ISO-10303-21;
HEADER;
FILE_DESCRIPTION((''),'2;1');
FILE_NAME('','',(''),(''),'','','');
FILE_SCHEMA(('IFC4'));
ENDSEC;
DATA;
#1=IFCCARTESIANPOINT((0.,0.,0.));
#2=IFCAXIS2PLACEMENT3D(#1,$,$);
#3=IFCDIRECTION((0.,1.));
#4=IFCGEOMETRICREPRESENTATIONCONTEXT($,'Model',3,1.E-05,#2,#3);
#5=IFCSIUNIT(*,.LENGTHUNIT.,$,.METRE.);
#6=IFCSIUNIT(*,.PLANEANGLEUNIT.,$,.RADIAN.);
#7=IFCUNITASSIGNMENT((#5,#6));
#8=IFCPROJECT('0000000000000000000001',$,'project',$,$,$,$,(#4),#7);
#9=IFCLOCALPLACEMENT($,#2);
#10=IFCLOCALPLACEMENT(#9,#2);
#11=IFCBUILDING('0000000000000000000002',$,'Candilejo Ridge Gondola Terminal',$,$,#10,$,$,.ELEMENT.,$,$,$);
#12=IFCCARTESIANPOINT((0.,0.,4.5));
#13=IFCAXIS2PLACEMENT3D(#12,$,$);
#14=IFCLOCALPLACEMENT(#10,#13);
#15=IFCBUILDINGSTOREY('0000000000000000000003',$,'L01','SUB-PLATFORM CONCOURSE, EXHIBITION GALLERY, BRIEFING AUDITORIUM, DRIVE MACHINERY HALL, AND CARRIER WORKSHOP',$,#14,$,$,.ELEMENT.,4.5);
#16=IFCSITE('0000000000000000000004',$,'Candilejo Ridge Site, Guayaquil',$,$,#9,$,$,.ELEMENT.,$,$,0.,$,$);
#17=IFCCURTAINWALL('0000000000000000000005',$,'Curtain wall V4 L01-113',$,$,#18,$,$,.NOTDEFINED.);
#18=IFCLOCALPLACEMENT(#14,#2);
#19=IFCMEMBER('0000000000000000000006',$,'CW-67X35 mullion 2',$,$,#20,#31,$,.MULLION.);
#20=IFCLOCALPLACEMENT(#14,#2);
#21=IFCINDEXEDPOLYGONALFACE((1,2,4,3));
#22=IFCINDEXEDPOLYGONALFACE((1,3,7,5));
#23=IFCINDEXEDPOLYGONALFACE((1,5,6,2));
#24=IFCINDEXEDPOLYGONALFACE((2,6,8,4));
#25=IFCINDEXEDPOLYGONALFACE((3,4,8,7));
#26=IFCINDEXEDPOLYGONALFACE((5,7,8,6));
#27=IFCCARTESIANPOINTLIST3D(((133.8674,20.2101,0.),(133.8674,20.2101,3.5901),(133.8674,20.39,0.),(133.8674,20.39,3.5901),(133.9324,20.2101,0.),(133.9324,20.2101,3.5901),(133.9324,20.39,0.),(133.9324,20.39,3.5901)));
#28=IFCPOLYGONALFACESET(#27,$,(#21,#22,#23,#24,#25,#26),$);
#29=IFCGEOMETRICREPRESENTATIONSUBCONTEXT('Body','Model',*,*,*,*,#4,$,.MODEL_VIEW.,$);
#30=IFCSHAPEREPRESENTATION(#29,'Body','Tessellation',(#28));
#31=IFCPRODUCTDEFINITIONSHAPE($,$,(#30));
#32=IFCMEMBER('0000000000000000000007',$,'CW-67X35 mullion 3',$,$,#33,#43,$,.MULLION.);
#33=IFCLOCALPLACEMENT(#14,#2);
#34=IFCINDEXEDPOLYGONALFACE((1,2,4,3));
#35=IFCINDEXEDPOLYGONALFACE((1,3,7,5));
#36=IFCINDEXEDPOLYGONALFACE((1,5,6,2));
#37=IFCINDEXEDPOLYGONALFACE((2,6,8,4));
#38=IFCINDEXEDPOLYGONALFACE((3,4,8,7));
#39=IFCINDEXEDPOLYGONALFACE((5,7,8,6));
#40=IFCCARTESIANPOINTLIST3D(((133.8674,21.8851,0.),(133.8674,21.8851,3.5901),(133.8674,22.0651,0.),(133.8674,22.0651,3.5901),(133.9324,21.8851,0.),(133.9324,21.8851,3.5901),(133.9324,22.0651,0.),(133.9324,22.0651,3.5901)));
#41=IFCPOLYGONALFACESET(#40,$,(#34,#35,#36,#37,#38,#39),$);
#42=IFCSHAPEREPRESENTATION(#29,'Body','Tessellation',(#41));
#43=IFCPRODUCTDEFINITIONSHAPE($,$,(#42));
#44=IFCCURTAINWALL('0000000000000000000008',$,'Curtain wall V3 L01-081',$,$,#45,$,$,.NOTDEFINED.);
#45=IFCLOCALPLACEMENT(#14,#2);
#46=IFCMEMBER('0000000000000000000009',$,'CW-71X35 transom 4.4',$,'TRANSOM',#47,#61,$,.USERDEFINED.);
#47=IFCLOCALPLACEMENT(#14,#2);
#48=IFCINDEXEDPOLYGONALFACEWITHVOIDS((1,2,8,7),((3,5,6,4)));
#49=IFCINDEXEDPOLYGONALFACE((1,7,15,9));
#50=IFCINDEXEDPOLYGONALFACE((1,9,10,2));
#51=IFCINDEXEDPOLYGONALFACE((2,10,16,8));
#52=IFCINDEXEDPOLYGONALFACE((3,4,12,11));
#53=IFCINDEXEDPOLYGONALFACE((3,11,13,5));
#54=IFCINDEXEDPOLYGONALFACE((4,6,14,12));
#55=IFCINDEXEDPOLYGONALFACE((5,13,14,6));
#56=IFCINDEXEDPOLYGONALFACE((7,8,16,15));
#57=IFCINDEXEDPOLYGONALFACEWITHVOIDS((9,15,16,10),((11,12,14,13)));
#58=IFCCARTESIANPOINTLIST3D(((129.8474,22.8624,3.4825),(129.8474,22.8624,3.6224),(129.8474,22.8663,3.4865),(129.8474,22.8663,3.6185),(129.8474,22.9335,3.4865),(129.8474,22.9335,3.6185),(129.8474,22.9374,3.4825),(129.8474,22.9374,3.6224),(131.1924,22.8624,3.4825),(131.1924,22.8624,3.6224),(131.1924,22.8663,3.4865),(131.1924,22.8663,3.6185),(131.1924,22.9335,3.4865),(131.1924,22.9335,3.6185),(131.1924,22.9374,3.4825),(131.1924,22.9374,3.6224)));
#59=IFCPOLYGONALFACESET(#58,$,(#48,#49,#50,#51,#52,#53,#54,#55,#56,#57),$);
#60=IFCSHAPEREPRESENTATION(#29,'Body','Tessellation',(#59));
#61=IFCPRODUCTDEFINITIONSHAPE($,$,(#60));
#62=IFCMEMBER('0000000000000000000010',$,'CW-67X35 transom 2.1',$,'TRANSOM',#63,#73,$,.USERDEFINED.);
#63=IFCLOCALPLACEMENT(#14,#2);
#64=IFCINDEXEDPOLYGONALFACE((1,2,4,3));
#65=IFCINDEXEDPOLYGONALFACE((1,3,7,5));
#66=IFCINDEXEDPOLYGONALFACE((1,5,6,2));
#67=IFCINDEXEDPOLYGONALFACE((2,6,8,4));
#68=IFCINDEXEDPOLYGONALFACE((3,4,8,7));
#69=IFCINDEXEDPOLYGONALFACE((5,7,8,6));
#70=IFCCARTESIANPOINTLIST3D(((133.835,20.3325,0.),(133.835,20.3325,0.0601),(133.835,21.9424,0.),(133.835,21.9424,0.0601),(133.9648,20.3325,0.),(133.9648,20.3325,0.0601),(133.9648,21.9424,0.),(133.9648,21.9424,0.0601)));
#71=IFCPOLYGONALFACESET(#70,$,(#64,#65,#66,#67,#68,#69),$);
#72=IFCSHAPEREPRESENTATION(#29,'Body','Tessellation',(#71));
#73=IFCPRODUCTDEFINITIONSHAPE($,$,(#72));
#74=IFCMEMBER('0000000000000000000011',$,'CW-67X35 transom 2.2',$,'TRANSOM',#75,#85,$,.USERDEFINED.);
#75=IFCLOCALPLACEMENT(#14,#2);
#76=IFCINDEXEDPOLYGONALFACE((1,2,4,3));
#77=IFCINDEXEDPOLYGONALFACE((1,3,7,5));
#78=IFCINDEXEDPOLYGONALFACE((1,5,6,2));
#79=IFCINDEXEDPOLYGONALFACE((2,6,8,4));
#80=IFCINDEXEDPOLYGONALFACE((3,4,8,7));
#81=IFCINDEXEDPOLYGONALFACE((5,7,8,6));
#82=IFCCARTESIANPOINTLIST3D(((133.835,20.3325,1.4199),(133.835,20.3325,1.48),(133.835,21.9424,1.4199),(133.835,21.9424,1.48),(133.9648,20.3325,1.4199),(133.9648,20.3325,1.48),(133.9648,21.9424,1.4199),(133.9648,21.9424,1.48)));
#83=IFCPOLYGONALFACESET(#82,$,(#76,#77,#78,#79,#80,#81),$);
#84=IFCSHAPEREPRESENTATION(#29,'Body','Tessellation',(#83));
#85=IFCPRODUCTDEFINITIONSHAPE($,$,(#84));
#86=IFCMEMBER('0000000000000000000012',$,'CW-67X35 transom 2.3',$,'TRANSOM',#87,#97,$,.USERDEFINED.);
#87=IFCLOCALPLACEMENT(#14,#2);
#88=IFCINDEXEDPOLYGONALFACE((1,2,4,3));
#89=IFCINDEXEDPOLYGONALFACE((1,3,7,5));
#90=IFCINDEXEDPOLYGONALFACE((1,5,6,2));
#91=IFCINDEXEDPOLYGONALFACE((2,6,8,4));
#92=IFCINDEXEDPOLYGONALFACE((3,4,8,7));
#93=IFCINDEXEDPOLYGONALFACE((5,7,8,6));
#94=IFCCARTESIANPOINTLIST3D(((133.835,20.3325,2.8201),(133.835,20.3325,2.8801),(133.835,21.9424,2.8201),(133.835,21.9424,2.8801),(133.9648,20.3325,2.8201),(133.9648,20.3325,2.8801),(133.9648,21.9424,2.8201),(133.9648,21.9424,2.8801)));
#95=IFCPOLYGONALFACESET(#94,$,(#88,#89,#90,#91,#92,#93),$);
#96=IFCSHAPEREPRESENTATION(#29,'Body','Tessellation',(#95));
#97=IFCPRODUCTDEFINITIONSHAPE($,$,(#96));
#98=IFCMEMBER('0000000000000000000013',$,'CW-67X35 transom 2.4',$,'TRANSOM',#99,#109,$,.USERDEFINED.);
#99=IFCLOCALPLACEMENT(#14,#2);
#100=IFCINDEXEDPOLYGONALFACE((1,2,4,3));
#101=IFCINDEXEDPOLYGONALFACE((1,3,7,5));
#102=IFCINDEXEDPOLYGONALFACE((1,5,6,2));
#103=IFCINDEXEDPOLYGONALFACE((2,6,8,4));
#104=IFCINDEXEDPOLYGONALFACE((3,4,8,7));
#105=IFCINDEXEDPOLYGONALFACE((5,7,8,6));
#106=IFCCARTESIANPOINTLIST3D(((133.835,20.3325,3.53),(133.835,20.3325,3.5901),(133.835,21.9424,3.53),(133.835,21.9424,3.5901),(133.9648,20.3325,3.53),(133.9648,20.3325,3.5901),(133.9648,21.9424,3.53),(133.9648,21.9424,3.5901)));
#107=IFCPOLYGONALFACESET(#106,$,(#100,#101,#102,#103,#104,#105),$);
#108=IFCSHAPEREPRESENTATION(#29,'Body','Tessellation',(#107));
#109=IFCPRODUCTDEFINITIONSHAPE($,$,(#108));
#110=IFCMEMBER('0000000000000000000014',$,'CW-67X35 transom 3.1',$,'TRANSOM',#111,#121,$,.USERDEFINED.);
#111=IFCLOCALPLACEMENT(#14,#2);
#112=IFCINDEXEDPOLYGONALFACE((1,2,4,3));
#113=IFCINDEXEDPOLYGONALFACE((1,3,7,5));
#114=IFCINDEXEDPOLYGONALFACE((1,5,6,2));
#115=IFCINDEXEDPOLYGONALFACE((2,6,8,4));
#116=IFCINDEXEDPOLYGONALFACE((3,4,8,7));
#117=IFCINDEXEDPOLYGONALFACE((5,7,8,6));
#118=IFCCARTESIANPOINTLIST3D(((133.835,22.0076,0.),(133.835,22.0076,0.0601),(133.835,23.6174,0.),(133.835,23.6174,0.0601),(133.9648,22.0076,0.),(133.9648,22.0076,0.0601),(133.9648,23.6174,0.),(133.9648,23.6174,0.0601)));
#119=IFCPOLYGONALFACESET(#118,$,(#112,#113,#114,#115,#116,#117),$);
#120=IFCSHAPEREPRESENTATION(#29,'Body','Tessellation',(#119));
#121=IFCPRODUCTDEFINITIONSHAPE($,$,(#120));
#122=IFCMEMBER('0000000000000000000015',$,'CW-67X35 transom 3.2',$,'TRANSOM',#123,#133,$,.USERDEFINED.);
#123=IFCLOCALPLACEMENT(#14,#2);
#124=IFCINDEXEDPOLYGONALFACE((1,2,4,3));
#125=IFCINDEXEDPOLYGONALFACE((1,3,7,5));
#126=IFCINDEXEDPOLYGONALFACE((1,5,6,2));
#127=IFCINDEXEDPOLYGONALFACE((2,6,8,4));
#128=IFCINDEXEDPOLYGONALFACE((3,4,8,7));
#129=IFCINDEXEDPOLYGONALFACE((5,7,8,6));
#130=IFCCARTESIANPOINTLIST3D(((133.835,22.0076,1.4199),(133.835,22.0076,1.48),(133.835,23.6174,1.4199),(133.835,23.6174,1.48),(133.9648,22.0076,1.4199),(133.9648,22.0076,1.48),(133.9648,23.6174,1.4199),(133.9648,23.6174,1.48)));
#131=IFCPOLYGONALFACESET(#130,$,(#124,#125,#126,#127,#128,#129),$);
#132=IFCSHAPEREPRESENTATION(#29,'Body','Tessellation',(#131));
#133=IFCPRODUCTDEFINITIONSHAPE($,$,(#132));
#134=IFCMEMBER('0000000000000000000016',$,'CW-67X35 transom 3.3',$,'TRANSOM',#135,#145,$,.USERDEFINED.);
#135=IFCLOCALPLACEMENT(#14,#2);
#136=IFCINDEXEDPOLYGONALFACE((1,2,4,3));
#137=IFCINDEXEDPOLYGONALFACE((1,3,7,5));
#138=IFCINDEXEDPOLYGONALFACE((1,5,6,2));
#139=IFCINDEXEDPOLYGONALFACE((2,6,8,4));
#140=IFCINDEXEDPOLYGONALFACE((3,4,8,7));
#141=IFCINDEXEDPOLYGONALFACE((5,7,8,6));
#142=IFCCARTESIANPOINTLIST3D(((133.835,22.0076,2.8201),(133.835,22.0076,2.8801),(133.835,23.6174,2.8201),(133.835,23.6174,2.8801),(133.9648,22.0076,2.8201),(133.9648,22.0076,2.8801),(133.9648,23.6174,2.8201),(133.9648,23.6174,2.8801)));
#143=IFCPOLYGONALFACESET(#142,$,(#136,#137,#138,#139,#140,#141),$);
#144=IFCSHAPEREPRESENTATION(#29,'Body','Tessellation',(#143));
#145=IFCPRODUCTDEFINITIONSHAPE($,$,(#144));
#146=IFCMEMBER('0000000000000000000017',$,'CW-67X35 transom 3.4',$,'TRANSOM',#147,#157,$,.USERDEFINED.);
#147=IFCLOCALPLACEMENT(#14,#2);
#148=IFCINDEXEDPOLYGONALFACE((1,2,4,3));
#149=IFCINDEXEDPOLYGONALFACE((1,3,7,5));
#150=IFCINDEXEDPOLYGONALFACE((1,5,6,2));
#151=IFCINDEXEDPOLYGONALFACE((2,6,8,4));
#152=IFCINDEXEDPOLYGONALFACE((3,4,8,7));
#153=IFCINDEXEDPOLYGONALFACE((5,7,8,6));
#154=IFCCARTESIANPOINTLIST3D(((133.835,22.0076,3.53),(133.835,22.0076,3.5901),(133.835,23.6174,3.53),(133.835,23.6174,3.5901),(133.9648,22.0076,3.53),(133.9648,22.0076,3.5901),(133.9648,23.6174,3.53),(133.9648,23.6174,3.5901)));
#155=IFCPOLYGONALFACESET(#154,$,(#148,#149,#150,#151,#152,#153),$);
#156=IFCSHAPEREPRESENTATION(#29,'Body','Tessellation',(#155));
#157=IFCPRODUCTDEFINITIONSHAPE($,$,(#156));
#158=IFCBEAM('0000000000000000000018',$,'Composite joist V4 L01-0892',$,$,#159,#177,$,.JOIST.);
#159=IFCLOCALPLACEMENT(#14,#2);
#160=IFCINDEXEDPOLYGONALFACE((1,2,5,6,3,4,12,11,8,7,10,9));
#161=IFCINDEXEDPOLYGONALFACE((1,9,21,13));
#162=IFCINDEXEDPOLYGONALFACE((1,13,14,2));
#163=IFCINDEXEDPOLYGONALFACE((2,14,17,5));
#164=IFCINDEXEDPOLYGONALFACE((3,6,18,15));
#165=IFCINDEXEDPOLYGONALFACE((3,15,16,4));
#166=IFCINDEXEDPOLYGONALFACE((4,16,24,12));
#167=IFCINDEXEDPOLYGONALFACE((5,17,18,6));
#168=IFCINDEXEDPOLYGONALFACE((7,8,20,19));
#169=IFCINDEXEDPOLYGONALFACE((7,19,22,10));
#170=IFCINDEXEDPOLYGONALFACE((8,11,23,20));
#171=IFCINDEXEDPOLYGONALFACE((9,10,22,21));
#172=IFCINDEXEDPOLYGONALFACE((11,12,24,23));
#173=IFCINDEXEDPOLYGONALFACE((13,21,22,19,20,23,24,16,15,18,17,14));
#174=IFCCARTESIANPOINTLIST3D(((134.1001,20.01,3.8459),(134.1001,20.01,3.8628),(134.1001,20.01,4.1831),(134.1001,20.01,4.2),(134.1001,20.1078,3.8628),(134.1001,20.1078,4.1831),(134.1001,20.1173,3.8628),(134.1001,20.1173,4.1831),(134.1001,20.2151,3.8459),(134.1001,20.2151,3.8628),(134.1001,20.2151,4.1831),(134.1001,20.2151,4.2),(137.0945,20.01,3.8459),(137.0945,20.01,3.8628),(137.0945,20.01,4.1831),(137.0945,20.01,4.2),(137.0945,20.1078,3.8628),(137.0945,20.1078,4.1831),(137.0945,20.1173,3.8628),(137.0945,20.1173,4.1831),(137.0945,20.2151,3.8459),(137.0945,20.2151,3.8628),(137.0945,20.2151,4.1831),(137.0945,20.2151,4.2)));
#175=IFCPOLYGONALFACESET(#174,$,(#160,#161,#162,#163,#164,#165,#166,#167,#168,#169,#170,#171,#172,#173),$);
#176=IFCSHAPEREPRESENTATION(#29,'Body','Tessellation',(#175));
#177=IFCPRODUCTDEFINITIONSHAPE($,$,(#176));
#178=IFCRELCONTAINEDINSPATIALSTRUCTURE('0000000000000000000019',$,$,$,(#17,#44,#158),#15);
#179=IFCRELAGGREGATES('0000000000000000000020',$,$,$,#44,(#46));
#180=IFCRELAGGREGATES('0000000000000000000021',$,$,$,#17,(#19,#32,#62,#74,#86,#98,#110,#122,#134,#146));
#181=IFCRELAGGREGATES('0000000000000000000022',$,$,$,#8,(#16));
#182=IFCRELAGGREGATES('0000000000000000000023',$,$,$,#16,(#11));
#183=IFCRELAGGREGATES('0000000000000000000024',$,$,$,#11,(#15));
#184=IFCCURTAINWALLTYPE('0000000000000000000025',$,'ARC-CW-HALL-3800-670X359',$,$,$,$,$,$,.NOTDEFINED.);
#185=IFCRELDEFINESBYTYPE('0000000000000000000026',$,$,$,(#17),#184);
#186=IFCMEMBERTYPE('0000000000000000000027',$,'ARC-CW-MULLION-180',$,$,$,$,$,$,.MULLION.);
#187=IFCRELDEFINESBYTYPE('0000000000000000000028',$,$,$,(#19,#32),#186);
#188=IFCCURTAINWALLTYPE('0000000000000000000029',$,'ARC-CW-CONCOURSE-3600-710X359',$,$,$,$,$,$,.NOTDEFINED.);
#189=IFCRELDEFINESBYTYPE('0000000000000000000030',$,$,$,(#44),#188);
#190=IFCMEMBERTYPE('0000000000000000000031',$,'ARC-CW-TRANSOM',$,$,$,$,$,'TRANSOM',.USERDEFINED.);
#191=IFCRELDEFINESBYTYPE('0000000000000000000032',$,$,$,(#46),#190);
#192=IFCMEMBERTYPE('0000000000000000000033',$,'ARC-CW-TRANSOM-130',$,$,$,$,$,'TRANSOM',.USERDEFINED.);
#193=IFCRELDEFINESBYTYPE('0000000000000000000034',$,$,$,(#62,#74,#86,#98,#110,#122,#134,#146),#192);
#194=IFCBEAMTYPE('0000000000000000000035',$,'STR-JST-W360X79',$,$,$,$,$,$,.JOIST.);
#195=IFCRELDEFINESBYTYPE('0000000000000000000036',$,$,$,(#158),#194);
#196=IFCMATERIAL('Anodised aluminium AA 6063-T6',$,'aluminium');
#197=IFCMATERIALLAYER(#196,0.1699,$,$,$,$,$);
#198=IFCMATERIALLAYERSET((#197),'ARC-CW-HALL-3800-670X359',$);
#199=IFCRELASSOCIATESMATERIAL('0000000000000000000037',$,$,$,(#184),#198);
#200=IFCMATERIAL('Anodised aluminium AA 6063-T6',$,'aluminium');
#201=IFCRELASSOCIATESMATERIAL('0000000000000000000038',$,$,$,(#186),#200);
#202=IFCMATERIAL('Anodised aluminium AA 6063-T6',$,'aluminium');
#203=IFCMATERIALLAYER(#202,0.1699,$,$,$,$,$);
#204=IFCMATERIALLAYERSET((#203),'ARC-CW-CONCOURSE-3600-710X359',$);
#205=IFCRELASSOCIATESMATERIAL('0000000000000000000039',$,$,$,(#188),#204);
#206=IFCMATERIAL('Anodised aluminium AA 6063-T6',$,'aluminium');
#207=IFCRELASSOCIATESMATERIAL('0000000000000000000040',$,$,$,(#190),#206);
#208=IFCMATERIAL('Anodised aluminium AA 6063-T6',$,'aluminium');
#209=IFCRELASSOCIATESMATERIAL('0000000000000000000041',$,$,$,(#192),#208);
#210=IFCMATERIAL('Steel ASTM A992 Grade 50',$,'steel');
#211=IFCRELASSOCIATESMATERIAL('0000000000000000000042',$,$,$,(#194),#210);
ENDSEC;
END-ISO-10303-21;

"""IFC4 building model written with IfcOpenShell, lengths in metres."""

from ifc_helpers import new_model, si_unit, direction, frame, origin, origin_2d, place, context, subcontext, project, spatial, rectangle, hollow_rectangle, i_section, extrude, material, layer, layer_set, material_profile, profile_set, type_object, element, aggregate, save


model = new_model("IFC4")

# Units and contexts
model_context = context("Model", 3, precision=1e-05, world=origin(), true_north=direction((0.0, 1.0)))
body_context = subcontext(model_context, "Body", "Model", "MODEL_VIEW")
ifc_project = project(units=[si_unit("LENGTHUNIT", "METRE"), si_unit("PLANEANGLEUNIT", "RADIAN")], contexts=[model_context])

# Site, building, storey
site_placement = place(None, origin())
site = spatial("IfcSite", under=ifc_project, at=site_placement, Name="Candilejo Ridge Site, Guayaquil", CompositionType="ELEMENT", RefElevation=0.0)
building_placement = place(site_placement, origin())
building = spatial("IfcBuilding", under=site, at=building_placement, Name="Candilejo Ridge Gondola Terminal", CompositionType="ELEMENT")
storey_placement = place(building_placement, frame((0.0, 0.0, 4.5)))
storey = spatial("IfcBuildingStorey", under=building, at=storey_placement, Name="L01", Description="SUB-PLATFORM CONCOURSE, EXHIBITION GALLERY, BRIEFING AUDITORIUM, DRIVE MACHINERY HALL, AND CARRIER WORKSHOP", CompositionType="ELEMENT", Elevation=4.5)

# Curtain wall, members
ifc_material_1 = material(Name="Anodised aluminium AA 6063-T6", Category="aluminium")
ifc_layer_1 = layer(ifc_material_1, 0.1699)
ifc_layer_set_1 = layer_set([ifc_layer_1], Name="ARC-CW-HALL-3800-670X359")
curtain_wall_type_1 = type_object("IfcCurtainWallType", Name="ARC-CW-HALL-3800-670X359", PredefinedType="NOTDEFINED", material=ifc_layer_set_1)
curtain_wall_1_placement = place(storey_placement, origin())
curtain_wall_1 = element("IfcCurtainWall", 1, at=curtain_wall_1_placement, inside=storey, type_object=curtain_wall_type_1, Name="Curtain wall V4 L01-113", PredefinedType="NOTDEFINED")
ifc_material_2 = material(Name="Anodised aluminium AA 6063-T6", Category="aluminium")
ifc_material_profile_1 = material_profile(ifc_material_2, rectangle(XDim=0.0649, YDim=0.1799, at=origin_2d()))
ifc_profile_set_1 = profile_set([ifc_material_profile_1], Name="Anodised aluminium AA 6063-T6")
member_type_1 = type_object("IfcMemberType", Name="ARC-CW-MULLION-180", PredefinedType="MULLION", material=ifc_profile_set_1)
member_1_placement = place(storey_placement, frame((133.8999, 20.3, 0.0), z_axis=(0.0, 0.0, 1.0), x_axis=(-1.0, 0.0, 0.0)))
member_1 = element("IfcMember", 2, at=member_1_placement, type_object=member_type_1, Name="CW-67X35 mullion 2", PredefinedType="MULLION", context=body_context, shape_type="SweptSolid", body=[
    extrude(rectangle(XDim=0.0649, YDim=0.1799, at=origin_2d()), origin(), (0.0, 0.0, 1.0), 3.5901),
])
member_2_placement = place(storey_placement, frame((133.8999, 21.9751, 0.0), z_axis=(0.0, 0.0, 1.0), x_axis=(-1.0, 0.0, 0.0)))
member_2 = element("IfcMember", 3, at=member_2_placement, type_object=member_type_1, Name="CW-67X35 mullion 3", PredefinedType="MULLION", context=body_context, shape_type="SweptSolid", body=[
    extrude(rectangle(XDim=0.0649, YDim=0.1799, at=origin_2d()), origin(), (0.0, 0.0, 1.0), 3.5901),
])

# Curtain wall, member
ifc_material_3 = material(Name="Anodised aluminium AA 6063-T6", Category="aluminium")
ifc_layer_2 = layer(ifc_material_3, 0.1699)
ifc_layer_set_2 = layer_set([ifc_layer_2], Name="ARC-CW-CONCOURSE-3600-710X359")
curtain_wall_type_2 = type_object("IfcCurtainWallType", Name="ARC-CW-CONCOURSE-3600-710X359", PredefinedType="NOTDEFINED", material=ifc_layer_set_2)
curtain_wall_2_placement = place(storey_placement, origin())
curtain_wall_2 = element("IfcCurtainWall", 4, at=curtain_wall_2_placement, inside=storey, type_object=curtain_wall_type_2, Name="Curtain wall V3 L01-081", PredefinedType="NOTDEFINED")
ifc_material_4 = material(Name="Anodised aluminium AA 6063-T6", Category="aluminium")
ifc_material_profile_2 = material_profile(ifc_material_4, hollow_rectangle(XDim=0.075, YDim=0.1399, WallThickness=0.0039, at=origin_2d()))
ifc_profile_set_2 = profile_set([ifc_material_profile_2], Name="Anodised aluminium AA 6063-T6")
member_type_2 = type_object("IfcMemberType", Name="ARC-CW-TRANSOM", ElementType="TRANSOM", PredefinedType="USERDEFINED", material=ifc_profile_set_2)
member_3_placement = place(storey_placement, frame((129.8474, 22.8999, 3.5525), z_axis=(1.0, 0.0, 0.0), x_axis=(0.0, 1.0, 0.0)))
member_3 = element("IfcMember", 5, at=member_3_placement, type_object=member_type_2, Name="CW-71X35 transom 4.4", ObjectType="TRANSOM", PredefinedType="USERDEFINED", context=body_context, shape_type="SweptSolid", body=[
    extrude(hollow_rectangle(XDim=0.075, YDim=0.1399, WallThickness=0.0039, at=origin_2d()), origin(), (0.0, 0.0, 1.0), 1.345),
])

# Members
ifc_material_5 = material(Name="Anodised aluminium AA 6063-T6", Category="aluminium")
ifc_material_profile_3 = material_profile(ifc_material_5, rectangle(XDim=0.1299, YDim=0.0601, at=origin_2d()))
ifc_profile_set_3 = profile_set([ifc_material_profile_3], Name="Anodised aluminium AA 6063-T6")
member_type_3 = type_object("IfcMemberType", Name="ARC-CW-TRANSOM-130", ElementType="TRANSOM", PredefinedType="USERDEFINED", material=ifc_profile_set_3)
member_4_placement = place(storey_placement, frame((133.8999, 20.3325, 0.03), z_axis=(0.0, 1.0, 0.0), x_axis=(-1.0, 0.0, 0.0)))
member_4 = element("IfcMember", 6, at=member_4_placement, type_object=member_type_3, Name="CW-67X35 transom 2.1", ObjectType="TRANSOM", PredefinedType="USERDEFINED", context=body_context, shape_type="SweptSolid", body=[
    extrude(rectangle(XDim=0.1299, YDim=0.0601, at=origin_2d()), origin(), (0.0, 0.0, 1.0), 1.6099),
])
member_5_placement = place(storey_placement, frame((133.8999, 20.3325, 1.45), z_axis=(0.0, 1.0, 0.0), x_axis=(-1.0, 0.0, 0.0)))
member_5 = element("IfcMember", 7, at=member_5_placement, type_object=member_type_3, Name="CW-67X35 transom 2.2", ObjectType="TRANSOM", PredefinedType="USERDEFINED", context=body_context, shape_type="SweptSolid", body=[
    extrude(rectangle(XDim=0.1299, YDim=0.0601, at=origin_2d()), origin(), (0.0, 0.0, 1.0), 1.6099),
])
member_6_placement = place(storey_placement, frame((133.8999, 20.3325, 2.8501), z_axis=(0.0, 1.0, 0.0), x_axis=(-1.0, 0.0, 0.0)))
member_6 = element("IfcMember", 8, at=member_6_placement, type_object=member_type_3, Name="CW-67X35 transom 2.3", ObjectType="TRANSOM", PredefinedType="USERDEFINED", context=body_context, shape_type="SweptSolid", body=[
    extrude(rectangle(XDim=0.1299, YDim=0.0601, at=origin_2d()), origin(), (0.0, 0.0, 1.0), 1.6099),
])
member_7_placement = place(storey_placement, frame((133.8999, 20.3325, 3.5601), z_axis=(0.0, 1.0, 0.0), x_axis=(-1.0, 0.0, 0.0)))
member_7 = element("IfcMember", 9, at=member_7_placement, type_object=member_type_3, Name="CW-67X35 transom 2.4", ObjectType="TRANSOM", PredefinedType="USERDEFINED", context=body_context, shape_type="SweptSolid", body=[
    extrude(rectangle(XDim=0.1299, YDim=0.0601, at=origin_2d()), origin(), (0.0, 0.0, 1.0), 1.6099),
])
member_8_placement = place(storey_placement, frame((133.8999, 22.0076, 0.03), z_axis=(0.0, 1.0, 0.0), x_axis=(-1.0, 0.0, 0.0)))
member_8 = element("IfcMember", 10, at=member_8_placement, type_object=member_type_3, Name="CW-67X35 transom 3.1", ObjectType="TRANSOM", PredefinedType="USERDEFINED", context=body_context, shape_type="SweptSolid", body=[
    extrude(rectangle(XDim=0.1299, YDim=0.0601, at=origin_2d()), origin(), (0.0, 0.0, 1.0), 1.6099),
])
member_9_placement = place(storey_placement, frame((133.8999, 22.0076, 1.45), z_axis=(0.0, 1.0, 0.0), x_axis=(-1.0, 0.0, 0.0)))
member_9 = element("IfcMember", 11, at=member_9_placement, type_object=member_type_3, Name="CW-67X35 transom 3.2", ObjectType="TRANSOM", PredefinedType="USERDEFINED", context=body_context, shape_type="SweptSolid", body=[
    extrude(rectangle(XDim=0.1299, YDim=0.0601, at=origin_2d()), origin(), (0.0, 0.0, 1.0), 1.6099),
])
member_10_placement = place(storey_placement, frame((133.8999, 22.0076, 2.8501), z_axis=(0.0, 1.0, 0.0), x_axis=(-1.0, 0.0, 0.0)))
member_10 = element("IfcMember", 12, at=member_10_placement, type_object=member_type_3, Name="CW-67X35 transom 3.3", ObjectType="TRANSOM", PredefinedType="USERDEFINED", context=body_context, shape_type="SweptSolid", body=[
    extrude(rectangle(XDim=0.1299, YDim=0.0601, at=origin_2d()), origin(), (0.0, 0.0, 1.0), 1.6099),
])
member_11_placement = place(storey_placement, frame((133.8999, 22.0076, 3.5601), z_axis=(0.0, 1.0, 0.0), x_axis=(-1.0, 0.0, 0.0)))
member_11 = element("IfcMember", 13, at=member_11_placement, type_object=member_type_3, Name="CW-67X35 transom 3.4", ObjectType="TRANSOM", PredefinedType="USERDEFINED", context=body_context, shape_type="SweptSolid", body=[
    extrude(rectangle(XDim=0.1299, YDim=0.0601, at=origin_2d()), origin(), (0.0, 0.0, 1.0), 1.6099),
])

# Beam
ifc_material_6 = material(Name="Steel ASTM A992 Grade 50", Category="steel")
ifc_material_profile_4 = material_profile(ifc_material_6, i_section(OverallWidth=0.2051, OverallDepth=0.354, WebThickness=0.0095, FlangeThickness=0.0168, at=origin_2d()))
ifc_profile_set_4 = profile_set([ifc_material_profile_4], Name="Steel ASTM A992 Grade 50")
beam_type = type_object("IfcBeamType", Name="STR-JST-W360X79", PredefinedType="JOIST", material=ifc_profile_set_4)
for number, where, z_axis, x_axis, name in (
    (14, (134.1001, 20.1125, 4.0229), (1.0, 0.0, 0.0), (0.0, 1.0, 0.0), "Composite joist V4 L01-0892"),
):
    element("IfcBeam", number, at=place(storey_placement, frame(where, z_axis=z_axis, x_axis=x_axis)), inside=storey, type_object=beam_type, Name=name, PredefinedType="JOIST", context=body_context, shape_type="SweptSolid", body=[
        extrude(i_section(OverallWidth=0.2051, OverallDepth=0.354, WebThickness=0.0095, FlangeThickness=0.0168, at=origin_2d()), origin(), (0.0, 0.0, 1.0), 2.9944),
    ])

aggregate(curtain_wall_2, [member_3])
aggregate(curtain_wall_1, [member_1, member_2, member_4, member_5, member_6, member_7, member_8, member_9, member_10, member_11])

save(model, "model.ifc")
